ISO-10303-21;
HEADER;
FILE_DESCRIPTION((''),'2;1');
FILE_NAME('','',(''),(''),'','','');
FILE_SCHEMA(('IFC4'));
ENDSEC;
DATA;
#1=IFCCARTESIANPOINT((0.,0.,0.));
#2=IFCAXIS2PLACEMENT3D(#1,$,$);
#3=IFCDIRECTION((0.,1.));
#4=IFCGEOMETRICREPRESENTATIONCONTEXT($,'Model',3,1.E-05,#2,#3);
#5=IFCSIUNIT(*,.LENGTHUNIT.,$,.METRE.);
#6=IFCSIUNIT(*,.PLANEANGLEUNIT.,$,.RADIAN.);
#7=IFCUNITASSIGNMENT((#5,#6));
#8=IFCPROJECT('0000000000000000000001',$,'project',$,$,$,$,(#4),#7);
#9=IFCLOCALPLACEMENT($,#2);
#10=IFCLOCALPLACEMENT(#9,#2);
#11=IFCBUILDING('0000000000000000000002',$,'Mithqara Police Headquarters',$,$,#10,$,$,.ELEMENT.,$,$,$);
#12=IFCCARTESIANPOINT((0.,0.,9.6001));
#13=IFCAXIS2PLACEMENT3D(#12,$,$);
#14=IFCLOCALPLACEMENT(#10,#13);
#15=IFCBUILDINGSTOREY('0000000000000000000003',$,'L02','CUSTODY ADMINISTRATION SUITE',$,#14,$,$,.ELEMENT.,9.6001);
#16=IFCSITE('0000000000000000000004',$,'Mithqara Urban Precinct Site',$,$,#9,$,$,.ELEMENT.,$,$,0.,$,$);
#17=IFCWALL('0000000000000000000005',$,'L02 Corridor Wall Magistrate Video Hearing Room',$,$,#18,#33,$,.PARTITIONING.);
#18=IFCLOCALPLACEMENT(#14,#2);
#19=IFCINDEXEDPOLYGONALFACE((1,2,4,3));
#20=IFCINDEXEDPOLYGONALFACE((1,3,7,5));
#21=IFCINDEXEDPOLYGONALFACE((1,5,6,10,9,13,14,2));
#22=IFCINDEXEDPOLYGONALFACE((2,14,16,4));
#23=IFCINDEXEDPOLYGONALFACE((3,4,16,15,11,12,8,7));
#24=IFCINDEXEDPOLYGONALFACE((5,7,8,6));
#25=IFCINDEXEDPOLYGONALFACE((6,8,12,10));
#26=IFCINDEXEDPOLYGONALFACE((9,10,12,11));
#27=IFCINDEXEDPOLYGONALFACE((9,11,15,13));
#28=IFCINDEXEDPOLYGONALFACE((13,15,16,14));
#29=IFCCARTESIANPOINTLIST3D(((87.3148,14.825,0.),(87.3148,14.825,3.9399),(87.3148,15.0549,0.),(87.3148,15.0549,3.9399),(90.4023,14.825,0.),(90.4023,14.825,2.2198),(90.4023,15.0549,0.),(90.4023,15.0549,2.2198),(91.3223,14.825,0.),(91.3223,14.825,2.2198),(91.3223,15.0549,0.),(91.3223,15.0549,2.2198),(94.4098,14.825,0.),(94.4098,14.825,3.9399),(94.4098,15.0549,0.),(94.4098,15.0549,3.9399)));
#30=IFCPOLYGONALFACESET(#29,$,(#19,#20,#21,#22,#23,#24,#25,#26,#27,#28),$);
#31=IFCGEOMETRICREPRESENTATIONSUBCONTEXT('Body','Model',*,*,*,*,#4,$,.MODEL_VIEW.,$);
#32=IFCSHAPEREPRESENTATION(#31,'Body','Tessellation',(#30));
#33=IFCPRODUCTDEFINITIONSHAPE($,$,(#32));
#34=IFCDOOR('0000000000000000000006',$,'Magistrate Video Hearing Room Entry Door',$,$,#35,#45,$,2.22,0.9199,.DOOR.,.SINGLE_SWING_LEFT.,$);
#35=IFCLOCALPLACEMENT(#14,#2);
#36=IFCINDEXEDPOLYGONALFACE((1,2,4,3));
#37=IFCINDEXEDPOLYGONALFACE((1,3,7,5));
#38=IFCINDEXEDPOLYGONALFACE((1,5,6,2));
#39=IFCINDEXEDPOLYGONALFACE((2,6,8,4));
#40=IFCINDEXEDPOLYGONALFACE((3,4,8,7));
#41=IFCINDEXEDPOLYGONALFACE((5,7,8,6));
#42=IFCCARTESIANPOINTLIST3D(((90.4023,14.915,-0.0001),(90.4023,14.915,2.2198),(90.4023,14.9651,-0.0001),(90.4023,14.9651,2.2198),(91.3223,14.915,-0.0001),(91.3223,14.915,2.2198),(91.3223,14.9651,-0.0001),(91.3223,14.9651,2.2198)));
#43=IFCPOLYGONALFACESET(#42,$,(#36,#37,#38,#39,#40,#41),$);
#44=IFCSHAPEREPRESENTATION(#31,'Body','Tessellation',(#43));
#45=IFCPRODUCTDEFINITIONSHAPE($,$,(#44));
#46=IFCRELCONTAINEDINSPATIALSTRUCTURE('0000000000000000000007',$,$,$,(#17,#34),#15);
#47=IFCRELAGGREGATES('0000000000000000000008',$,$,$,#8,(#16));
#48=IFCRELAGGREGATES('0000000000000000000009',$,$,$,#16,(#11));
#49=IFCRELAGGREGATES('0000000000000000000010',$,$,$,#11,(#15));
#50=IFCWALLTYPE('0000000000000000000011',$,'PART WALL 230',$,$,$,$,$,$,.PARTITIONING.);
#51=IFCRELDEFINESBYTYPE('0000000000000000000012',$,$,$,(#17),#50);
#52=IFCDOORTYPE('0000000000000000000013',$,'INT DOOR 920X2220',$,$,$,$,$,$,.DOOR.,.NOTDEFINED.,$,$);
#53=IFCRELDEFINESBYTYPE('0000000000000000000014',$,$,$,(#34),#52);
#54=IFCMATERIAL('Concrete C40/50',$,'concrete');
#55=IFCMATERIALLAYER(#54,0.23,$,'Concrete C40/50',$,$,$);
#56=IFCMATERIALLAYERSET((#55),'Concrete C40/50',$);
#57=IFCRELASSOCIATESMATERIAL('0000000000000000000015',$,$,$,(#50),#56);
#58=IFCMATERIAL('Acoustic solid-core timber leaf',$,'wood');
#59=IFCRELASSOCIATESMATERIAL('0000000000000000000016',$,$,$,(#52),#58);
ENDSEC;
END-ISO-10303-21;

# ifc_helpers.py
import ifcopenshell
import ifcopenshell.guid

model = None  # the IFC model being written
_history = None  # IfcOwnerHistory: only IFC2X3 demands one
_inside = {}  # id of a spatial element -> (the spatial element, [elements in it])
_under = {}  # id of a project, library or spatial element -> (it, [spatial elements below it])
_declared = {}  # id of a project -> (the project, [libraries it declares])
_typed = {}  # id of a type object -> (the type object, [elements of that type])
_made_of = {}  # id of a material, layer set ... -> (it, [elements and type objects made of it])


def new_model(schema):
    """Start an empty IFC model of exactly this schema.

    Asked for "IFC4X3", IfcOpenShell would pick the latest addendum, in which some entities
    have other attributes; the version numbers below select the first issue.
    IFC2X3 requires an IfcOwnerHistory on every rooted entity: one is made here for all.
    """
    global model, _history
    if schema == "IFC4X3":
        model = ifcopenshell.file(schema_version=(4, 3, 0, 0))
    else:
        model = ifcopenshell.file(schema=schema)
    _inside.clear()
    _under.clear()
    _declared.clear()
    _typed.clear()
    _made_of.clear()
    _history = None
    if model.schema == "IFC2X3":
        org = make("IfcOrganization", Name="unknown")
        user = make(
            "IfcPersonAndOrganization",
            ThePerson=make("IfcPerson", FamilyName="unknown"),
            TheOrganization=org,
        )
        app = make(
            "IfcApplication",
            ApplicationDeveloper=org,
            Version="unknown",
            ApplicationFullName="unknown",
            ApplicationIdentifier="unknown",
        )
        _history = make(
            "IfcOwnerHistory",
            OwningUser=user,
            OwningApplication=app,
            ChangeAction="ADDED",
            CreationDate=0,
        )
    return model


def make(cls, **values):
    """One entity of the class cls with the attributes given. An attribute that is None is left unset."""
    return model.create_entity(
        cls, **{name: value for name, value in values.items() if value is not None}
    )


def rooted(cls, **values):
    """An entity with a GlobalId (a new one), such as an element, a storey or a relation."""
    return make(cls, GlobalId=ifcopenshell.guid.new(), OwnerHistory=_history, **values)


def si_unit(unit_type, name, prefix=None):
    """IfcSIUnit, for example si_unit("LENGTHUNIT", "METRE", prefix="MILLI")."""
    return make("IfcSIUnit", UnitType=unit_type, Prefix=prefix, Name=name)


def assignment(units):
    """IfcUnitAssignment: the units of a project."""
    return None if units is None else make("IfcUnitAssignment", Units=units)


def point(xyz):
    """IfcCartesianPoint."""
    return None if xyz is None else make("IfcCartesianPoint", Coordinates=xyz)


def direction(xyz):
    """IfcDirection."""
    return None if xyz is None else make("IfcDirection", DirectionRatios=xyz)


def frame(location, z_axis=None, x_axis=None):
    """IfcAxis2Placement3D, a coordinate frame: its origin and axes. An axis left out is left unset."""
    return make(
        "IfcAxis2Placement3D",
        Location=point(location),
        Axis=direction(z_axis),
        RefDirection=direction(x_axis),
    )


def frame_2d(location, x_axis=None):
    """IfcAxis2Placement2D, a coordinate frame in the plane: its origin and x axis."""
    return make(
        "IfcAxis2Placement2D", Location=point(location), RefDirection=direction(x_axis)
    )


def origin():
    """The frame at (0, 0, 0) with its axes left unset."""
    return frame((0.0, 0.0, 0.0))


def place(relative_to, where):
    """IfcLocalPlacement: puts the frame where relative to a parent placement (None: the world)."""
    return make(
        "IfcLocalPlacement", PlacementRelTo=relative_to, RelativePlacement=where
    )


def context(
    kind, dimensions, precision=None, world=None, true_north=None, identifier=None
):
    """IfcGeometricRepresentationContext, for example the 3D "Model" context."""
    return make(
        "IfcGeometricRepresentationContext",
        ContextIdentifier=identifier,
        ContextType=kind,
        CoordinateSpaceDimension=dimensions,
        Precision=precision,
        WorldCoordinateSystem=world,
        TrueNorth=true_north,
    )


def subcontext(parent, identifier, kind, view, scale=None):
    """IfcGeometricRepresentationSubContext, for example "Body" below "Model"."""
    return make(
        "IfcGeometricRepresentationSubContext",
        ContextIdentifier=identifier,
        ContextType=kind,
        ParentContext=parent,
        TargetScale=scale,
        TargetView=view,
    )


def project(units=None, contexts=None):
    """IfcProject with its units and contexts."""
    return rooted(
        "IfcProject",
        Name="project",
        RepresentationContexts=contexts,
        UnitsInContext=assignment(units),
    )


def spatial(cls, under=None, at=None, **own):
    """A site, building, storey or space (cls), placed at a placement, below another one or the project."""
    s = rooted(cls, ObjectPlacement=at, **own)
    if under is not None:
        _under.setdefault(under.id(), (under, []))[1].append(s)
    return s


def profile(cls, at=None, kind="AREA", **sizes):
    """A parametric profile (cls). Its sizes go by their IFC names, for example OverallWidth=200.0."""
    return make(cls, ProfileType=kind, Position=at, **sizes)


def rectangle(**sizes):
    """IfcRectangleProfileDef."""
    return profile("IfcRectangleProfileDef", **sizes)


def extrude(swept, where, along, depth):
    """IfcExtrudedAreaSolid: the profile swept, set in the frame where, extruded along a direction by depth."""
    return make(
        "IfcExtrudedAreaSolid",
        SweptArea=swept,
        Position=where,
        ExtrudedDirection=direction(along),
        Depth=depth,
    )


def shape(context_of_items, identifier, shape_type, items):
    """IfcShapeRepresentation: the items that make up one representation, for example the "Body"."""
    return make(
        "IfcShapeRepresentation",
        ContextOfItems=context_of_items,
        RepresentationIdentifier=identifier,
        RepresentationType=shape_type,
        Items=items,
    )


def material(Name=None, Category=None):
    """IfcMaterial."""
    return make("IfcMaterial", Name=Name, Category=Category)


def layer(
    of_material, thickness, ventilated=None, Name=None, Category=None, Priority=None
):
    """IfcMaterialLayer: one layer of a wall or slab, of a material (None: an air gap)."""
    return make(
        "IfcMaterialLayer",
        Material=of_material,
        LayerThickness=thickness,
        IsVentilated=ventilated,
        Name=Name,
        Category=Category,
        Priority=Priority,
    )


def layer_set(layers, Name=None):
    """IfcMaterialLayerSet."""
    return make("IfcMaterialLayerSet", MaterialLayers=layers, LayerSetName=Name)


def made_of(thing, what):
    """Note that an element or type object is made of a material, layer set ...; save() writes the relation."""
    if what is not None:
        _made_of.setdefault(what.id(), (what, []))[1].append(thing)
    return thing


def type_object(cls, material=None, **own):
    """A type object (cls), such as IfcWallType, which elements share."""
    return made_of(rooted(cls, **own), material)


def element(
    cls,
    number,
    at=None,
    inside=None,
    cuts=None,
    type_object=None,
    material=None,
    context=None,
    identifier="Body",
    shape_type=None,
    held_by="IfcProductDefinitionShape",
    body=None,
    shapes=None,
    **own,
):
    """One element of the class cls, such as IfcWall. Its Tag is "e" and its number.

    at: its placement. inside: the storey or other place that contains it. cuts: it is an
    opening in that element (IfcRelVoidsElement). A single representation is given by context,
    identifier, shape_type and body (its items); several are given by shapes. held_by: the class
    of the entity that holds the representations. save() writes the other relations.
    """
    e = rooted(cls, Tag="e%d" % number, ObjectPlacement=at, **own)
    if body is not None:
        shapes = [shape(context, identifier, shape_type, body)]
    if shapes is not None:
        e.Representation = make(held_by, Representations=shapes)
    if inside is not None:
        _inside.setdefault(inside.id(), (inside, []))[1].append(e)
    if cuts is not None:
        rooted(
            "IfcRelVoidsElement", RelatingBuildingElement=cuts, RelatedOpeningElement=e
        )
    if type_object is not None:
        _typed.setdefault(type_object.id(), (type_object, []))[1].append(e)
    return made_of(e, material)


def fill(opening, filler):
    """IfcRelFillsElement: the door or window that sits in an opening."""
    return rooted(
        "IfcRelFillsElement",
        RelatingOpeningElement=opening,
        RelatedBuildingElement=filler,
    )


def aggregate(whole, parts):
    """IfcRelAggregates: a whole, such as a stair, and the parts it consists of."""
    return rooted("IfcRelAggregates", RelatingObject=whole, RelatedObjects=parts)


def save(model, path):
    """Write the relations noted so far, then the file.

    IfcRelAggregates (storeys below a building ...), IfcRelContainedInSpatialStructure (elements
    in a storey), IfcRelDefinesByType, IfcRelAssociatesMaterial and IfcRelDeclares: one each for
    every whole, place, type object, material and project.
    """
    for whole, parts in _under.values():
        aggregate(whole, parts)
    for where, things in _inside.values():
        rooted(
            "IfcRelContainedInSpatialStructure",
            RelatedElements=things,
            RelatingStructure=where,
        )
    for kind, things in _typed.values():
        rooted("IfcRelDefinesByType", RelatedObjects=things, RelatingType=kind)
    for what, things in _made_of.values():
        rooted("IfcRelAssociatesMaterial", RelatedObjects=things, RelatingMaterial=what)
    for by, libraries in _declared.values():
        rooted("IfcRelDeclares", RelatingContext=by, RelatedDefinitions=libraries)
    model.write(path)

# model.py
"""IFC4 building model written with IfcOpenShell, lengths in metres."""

from ifc_helpers import new_model, si_unit, direction, frame, frame_2d, origin, place, context, subcontext, project, spatial, rectangle, extrude, material, layer, layer_set, type_object, element, fill, save


model = new_model("IFC4")

# Units and contexts
model_context = context("Model", 3, precision=1e-05, world=origin(), true_north=direction((0.0, 1.0)))
body_context = subcontext(model_context, "Body", "Model", "MODEL_VIEW")
ifc_project = project(units=[si_unit("LENGTHUNIT", "METRE"), si_unit("PLANEANGLEUNIT", "RADIAN")], contexts=[model_context])

# Site, building, storey
site_placement = place(None, origin())
site = spatial("IfcSite", under=ifc_project, at=site_placement, Name="Mithqara Urban Precinct Site", CompositionType="ELEMENT", RefElevation=0.0)
building_placement = place(site_placement, origin())
building = spatial("IfcBuilding", under=site, at=building_placement, Name="Mithqara Police Headquarters", CompositionType="ELEMENT")
storey_placement = place(building_placement, frame((0.0, 0.0, 9.6001)))
storey = spatial("IfcBuildingStorey", under=building, at=storey_placement, Name="L02", Description="CUSTODY ADMINISTRATION SUITE", CompositionType="ELEMENT", Elevation=9.6001)

# Shared definitions
ifc_material_1 = material(Name="Concrete C40/50", Category="concrete")

# Wall, opening, door
ifc_material_2 = material(Name="Acoustic solid-core timber leaf", Category="wood")
ifc_layer_1 = layer(ifc_material_1, 0.23, Name="Concrete C40/50")
ifc_layer_set_1 = layer_set([ifc_layer_1], Name="Concrete C40/50")
wall_type_1 = type_object("IfcWallType", Name="PART WALL 230", PredefinedType="PARTITIONING", material=ifc_layer_set_1)
wall_1_placement = place(storey_placement, frame((87.3149, 14.9399, 0.0), z_axis=(0.0, 0.0, 1.0), x_axis=(1.0, 0.0, 0.0)))
wall_1 = element("IfcWall", 1, at=wall_1_placement, inside=storey, type_object=wall_type_1, Name="L02 Corridor Wall Magistrate Video Hearing Room", PredefinedType="PARTITIONING", context=body_context, shape_type="SweptSolid", body=[
    extrude(rectangle(XDim=7.095, YDim=0.23, at=frame_2d((3.5474, 0.0))), origin(), (0.0, 0.0, 1.0), 3.9399),
])
opening_1_placement = place(wall_1_placement, frame((3.0874, 0.0, 0.0)))
opening_1 = element("IfcOpeningElement", 2, at=opening_1_placement, cuts=wall_1, PredefinedType="OPENING", context=body_context, shape_type="SweptSolid", body=[
    extrude(rectangle(XDim=0.9199, YDim=2.22, at=frame_2d((0.46, 1.1099))), frame((0.0, 0.125, 0.0), z_axis=(0.0, -1.0, 0.0), x_axis=(1.0, 0.0, 0.0)), (0.0, 0.0, 1.0), 0.25),
])
door_type_1 = type_object("IfcDoorType", Name="INT DOOR 920X2220", OperationType="NOTDEFINED", PredefinedType="DOOR", material=ifc_material_2)
door_1_placement = place(opening_1_placement, frame((0.9199, 0.0, 0.0), z_axis=(0.0, 0.0, 1.0), x_axis=(-1.0, 0.0, 0.0)))
door_1 = element("IfcDoor", 3, at=door_1_placement, inside=storey, type_object=door_type_1, Name="Magistrate Video Hearing Room Entry Door", OperationType="SINGLE_SWING_LEFT", OverallHeight=2.22, OverallWidth=0.9199, PredefinedType="DOOR", context=body_context, shape_type="SweptSolid", body=[
    extrude(rectangle(XDim=0.9199, YDim=2.22, at=frame_2d((0.46, 1.1099))), frame((0.0, 0.0249, 0.0), z_axis=(0.0, -1.0, 0.0), x_axis=(1.0, 0.0, 0.0)), (0.0, 0.0, 1.0), 0.05),
])
fill(opening_1, door_1)

save(model, "model.ifc")
